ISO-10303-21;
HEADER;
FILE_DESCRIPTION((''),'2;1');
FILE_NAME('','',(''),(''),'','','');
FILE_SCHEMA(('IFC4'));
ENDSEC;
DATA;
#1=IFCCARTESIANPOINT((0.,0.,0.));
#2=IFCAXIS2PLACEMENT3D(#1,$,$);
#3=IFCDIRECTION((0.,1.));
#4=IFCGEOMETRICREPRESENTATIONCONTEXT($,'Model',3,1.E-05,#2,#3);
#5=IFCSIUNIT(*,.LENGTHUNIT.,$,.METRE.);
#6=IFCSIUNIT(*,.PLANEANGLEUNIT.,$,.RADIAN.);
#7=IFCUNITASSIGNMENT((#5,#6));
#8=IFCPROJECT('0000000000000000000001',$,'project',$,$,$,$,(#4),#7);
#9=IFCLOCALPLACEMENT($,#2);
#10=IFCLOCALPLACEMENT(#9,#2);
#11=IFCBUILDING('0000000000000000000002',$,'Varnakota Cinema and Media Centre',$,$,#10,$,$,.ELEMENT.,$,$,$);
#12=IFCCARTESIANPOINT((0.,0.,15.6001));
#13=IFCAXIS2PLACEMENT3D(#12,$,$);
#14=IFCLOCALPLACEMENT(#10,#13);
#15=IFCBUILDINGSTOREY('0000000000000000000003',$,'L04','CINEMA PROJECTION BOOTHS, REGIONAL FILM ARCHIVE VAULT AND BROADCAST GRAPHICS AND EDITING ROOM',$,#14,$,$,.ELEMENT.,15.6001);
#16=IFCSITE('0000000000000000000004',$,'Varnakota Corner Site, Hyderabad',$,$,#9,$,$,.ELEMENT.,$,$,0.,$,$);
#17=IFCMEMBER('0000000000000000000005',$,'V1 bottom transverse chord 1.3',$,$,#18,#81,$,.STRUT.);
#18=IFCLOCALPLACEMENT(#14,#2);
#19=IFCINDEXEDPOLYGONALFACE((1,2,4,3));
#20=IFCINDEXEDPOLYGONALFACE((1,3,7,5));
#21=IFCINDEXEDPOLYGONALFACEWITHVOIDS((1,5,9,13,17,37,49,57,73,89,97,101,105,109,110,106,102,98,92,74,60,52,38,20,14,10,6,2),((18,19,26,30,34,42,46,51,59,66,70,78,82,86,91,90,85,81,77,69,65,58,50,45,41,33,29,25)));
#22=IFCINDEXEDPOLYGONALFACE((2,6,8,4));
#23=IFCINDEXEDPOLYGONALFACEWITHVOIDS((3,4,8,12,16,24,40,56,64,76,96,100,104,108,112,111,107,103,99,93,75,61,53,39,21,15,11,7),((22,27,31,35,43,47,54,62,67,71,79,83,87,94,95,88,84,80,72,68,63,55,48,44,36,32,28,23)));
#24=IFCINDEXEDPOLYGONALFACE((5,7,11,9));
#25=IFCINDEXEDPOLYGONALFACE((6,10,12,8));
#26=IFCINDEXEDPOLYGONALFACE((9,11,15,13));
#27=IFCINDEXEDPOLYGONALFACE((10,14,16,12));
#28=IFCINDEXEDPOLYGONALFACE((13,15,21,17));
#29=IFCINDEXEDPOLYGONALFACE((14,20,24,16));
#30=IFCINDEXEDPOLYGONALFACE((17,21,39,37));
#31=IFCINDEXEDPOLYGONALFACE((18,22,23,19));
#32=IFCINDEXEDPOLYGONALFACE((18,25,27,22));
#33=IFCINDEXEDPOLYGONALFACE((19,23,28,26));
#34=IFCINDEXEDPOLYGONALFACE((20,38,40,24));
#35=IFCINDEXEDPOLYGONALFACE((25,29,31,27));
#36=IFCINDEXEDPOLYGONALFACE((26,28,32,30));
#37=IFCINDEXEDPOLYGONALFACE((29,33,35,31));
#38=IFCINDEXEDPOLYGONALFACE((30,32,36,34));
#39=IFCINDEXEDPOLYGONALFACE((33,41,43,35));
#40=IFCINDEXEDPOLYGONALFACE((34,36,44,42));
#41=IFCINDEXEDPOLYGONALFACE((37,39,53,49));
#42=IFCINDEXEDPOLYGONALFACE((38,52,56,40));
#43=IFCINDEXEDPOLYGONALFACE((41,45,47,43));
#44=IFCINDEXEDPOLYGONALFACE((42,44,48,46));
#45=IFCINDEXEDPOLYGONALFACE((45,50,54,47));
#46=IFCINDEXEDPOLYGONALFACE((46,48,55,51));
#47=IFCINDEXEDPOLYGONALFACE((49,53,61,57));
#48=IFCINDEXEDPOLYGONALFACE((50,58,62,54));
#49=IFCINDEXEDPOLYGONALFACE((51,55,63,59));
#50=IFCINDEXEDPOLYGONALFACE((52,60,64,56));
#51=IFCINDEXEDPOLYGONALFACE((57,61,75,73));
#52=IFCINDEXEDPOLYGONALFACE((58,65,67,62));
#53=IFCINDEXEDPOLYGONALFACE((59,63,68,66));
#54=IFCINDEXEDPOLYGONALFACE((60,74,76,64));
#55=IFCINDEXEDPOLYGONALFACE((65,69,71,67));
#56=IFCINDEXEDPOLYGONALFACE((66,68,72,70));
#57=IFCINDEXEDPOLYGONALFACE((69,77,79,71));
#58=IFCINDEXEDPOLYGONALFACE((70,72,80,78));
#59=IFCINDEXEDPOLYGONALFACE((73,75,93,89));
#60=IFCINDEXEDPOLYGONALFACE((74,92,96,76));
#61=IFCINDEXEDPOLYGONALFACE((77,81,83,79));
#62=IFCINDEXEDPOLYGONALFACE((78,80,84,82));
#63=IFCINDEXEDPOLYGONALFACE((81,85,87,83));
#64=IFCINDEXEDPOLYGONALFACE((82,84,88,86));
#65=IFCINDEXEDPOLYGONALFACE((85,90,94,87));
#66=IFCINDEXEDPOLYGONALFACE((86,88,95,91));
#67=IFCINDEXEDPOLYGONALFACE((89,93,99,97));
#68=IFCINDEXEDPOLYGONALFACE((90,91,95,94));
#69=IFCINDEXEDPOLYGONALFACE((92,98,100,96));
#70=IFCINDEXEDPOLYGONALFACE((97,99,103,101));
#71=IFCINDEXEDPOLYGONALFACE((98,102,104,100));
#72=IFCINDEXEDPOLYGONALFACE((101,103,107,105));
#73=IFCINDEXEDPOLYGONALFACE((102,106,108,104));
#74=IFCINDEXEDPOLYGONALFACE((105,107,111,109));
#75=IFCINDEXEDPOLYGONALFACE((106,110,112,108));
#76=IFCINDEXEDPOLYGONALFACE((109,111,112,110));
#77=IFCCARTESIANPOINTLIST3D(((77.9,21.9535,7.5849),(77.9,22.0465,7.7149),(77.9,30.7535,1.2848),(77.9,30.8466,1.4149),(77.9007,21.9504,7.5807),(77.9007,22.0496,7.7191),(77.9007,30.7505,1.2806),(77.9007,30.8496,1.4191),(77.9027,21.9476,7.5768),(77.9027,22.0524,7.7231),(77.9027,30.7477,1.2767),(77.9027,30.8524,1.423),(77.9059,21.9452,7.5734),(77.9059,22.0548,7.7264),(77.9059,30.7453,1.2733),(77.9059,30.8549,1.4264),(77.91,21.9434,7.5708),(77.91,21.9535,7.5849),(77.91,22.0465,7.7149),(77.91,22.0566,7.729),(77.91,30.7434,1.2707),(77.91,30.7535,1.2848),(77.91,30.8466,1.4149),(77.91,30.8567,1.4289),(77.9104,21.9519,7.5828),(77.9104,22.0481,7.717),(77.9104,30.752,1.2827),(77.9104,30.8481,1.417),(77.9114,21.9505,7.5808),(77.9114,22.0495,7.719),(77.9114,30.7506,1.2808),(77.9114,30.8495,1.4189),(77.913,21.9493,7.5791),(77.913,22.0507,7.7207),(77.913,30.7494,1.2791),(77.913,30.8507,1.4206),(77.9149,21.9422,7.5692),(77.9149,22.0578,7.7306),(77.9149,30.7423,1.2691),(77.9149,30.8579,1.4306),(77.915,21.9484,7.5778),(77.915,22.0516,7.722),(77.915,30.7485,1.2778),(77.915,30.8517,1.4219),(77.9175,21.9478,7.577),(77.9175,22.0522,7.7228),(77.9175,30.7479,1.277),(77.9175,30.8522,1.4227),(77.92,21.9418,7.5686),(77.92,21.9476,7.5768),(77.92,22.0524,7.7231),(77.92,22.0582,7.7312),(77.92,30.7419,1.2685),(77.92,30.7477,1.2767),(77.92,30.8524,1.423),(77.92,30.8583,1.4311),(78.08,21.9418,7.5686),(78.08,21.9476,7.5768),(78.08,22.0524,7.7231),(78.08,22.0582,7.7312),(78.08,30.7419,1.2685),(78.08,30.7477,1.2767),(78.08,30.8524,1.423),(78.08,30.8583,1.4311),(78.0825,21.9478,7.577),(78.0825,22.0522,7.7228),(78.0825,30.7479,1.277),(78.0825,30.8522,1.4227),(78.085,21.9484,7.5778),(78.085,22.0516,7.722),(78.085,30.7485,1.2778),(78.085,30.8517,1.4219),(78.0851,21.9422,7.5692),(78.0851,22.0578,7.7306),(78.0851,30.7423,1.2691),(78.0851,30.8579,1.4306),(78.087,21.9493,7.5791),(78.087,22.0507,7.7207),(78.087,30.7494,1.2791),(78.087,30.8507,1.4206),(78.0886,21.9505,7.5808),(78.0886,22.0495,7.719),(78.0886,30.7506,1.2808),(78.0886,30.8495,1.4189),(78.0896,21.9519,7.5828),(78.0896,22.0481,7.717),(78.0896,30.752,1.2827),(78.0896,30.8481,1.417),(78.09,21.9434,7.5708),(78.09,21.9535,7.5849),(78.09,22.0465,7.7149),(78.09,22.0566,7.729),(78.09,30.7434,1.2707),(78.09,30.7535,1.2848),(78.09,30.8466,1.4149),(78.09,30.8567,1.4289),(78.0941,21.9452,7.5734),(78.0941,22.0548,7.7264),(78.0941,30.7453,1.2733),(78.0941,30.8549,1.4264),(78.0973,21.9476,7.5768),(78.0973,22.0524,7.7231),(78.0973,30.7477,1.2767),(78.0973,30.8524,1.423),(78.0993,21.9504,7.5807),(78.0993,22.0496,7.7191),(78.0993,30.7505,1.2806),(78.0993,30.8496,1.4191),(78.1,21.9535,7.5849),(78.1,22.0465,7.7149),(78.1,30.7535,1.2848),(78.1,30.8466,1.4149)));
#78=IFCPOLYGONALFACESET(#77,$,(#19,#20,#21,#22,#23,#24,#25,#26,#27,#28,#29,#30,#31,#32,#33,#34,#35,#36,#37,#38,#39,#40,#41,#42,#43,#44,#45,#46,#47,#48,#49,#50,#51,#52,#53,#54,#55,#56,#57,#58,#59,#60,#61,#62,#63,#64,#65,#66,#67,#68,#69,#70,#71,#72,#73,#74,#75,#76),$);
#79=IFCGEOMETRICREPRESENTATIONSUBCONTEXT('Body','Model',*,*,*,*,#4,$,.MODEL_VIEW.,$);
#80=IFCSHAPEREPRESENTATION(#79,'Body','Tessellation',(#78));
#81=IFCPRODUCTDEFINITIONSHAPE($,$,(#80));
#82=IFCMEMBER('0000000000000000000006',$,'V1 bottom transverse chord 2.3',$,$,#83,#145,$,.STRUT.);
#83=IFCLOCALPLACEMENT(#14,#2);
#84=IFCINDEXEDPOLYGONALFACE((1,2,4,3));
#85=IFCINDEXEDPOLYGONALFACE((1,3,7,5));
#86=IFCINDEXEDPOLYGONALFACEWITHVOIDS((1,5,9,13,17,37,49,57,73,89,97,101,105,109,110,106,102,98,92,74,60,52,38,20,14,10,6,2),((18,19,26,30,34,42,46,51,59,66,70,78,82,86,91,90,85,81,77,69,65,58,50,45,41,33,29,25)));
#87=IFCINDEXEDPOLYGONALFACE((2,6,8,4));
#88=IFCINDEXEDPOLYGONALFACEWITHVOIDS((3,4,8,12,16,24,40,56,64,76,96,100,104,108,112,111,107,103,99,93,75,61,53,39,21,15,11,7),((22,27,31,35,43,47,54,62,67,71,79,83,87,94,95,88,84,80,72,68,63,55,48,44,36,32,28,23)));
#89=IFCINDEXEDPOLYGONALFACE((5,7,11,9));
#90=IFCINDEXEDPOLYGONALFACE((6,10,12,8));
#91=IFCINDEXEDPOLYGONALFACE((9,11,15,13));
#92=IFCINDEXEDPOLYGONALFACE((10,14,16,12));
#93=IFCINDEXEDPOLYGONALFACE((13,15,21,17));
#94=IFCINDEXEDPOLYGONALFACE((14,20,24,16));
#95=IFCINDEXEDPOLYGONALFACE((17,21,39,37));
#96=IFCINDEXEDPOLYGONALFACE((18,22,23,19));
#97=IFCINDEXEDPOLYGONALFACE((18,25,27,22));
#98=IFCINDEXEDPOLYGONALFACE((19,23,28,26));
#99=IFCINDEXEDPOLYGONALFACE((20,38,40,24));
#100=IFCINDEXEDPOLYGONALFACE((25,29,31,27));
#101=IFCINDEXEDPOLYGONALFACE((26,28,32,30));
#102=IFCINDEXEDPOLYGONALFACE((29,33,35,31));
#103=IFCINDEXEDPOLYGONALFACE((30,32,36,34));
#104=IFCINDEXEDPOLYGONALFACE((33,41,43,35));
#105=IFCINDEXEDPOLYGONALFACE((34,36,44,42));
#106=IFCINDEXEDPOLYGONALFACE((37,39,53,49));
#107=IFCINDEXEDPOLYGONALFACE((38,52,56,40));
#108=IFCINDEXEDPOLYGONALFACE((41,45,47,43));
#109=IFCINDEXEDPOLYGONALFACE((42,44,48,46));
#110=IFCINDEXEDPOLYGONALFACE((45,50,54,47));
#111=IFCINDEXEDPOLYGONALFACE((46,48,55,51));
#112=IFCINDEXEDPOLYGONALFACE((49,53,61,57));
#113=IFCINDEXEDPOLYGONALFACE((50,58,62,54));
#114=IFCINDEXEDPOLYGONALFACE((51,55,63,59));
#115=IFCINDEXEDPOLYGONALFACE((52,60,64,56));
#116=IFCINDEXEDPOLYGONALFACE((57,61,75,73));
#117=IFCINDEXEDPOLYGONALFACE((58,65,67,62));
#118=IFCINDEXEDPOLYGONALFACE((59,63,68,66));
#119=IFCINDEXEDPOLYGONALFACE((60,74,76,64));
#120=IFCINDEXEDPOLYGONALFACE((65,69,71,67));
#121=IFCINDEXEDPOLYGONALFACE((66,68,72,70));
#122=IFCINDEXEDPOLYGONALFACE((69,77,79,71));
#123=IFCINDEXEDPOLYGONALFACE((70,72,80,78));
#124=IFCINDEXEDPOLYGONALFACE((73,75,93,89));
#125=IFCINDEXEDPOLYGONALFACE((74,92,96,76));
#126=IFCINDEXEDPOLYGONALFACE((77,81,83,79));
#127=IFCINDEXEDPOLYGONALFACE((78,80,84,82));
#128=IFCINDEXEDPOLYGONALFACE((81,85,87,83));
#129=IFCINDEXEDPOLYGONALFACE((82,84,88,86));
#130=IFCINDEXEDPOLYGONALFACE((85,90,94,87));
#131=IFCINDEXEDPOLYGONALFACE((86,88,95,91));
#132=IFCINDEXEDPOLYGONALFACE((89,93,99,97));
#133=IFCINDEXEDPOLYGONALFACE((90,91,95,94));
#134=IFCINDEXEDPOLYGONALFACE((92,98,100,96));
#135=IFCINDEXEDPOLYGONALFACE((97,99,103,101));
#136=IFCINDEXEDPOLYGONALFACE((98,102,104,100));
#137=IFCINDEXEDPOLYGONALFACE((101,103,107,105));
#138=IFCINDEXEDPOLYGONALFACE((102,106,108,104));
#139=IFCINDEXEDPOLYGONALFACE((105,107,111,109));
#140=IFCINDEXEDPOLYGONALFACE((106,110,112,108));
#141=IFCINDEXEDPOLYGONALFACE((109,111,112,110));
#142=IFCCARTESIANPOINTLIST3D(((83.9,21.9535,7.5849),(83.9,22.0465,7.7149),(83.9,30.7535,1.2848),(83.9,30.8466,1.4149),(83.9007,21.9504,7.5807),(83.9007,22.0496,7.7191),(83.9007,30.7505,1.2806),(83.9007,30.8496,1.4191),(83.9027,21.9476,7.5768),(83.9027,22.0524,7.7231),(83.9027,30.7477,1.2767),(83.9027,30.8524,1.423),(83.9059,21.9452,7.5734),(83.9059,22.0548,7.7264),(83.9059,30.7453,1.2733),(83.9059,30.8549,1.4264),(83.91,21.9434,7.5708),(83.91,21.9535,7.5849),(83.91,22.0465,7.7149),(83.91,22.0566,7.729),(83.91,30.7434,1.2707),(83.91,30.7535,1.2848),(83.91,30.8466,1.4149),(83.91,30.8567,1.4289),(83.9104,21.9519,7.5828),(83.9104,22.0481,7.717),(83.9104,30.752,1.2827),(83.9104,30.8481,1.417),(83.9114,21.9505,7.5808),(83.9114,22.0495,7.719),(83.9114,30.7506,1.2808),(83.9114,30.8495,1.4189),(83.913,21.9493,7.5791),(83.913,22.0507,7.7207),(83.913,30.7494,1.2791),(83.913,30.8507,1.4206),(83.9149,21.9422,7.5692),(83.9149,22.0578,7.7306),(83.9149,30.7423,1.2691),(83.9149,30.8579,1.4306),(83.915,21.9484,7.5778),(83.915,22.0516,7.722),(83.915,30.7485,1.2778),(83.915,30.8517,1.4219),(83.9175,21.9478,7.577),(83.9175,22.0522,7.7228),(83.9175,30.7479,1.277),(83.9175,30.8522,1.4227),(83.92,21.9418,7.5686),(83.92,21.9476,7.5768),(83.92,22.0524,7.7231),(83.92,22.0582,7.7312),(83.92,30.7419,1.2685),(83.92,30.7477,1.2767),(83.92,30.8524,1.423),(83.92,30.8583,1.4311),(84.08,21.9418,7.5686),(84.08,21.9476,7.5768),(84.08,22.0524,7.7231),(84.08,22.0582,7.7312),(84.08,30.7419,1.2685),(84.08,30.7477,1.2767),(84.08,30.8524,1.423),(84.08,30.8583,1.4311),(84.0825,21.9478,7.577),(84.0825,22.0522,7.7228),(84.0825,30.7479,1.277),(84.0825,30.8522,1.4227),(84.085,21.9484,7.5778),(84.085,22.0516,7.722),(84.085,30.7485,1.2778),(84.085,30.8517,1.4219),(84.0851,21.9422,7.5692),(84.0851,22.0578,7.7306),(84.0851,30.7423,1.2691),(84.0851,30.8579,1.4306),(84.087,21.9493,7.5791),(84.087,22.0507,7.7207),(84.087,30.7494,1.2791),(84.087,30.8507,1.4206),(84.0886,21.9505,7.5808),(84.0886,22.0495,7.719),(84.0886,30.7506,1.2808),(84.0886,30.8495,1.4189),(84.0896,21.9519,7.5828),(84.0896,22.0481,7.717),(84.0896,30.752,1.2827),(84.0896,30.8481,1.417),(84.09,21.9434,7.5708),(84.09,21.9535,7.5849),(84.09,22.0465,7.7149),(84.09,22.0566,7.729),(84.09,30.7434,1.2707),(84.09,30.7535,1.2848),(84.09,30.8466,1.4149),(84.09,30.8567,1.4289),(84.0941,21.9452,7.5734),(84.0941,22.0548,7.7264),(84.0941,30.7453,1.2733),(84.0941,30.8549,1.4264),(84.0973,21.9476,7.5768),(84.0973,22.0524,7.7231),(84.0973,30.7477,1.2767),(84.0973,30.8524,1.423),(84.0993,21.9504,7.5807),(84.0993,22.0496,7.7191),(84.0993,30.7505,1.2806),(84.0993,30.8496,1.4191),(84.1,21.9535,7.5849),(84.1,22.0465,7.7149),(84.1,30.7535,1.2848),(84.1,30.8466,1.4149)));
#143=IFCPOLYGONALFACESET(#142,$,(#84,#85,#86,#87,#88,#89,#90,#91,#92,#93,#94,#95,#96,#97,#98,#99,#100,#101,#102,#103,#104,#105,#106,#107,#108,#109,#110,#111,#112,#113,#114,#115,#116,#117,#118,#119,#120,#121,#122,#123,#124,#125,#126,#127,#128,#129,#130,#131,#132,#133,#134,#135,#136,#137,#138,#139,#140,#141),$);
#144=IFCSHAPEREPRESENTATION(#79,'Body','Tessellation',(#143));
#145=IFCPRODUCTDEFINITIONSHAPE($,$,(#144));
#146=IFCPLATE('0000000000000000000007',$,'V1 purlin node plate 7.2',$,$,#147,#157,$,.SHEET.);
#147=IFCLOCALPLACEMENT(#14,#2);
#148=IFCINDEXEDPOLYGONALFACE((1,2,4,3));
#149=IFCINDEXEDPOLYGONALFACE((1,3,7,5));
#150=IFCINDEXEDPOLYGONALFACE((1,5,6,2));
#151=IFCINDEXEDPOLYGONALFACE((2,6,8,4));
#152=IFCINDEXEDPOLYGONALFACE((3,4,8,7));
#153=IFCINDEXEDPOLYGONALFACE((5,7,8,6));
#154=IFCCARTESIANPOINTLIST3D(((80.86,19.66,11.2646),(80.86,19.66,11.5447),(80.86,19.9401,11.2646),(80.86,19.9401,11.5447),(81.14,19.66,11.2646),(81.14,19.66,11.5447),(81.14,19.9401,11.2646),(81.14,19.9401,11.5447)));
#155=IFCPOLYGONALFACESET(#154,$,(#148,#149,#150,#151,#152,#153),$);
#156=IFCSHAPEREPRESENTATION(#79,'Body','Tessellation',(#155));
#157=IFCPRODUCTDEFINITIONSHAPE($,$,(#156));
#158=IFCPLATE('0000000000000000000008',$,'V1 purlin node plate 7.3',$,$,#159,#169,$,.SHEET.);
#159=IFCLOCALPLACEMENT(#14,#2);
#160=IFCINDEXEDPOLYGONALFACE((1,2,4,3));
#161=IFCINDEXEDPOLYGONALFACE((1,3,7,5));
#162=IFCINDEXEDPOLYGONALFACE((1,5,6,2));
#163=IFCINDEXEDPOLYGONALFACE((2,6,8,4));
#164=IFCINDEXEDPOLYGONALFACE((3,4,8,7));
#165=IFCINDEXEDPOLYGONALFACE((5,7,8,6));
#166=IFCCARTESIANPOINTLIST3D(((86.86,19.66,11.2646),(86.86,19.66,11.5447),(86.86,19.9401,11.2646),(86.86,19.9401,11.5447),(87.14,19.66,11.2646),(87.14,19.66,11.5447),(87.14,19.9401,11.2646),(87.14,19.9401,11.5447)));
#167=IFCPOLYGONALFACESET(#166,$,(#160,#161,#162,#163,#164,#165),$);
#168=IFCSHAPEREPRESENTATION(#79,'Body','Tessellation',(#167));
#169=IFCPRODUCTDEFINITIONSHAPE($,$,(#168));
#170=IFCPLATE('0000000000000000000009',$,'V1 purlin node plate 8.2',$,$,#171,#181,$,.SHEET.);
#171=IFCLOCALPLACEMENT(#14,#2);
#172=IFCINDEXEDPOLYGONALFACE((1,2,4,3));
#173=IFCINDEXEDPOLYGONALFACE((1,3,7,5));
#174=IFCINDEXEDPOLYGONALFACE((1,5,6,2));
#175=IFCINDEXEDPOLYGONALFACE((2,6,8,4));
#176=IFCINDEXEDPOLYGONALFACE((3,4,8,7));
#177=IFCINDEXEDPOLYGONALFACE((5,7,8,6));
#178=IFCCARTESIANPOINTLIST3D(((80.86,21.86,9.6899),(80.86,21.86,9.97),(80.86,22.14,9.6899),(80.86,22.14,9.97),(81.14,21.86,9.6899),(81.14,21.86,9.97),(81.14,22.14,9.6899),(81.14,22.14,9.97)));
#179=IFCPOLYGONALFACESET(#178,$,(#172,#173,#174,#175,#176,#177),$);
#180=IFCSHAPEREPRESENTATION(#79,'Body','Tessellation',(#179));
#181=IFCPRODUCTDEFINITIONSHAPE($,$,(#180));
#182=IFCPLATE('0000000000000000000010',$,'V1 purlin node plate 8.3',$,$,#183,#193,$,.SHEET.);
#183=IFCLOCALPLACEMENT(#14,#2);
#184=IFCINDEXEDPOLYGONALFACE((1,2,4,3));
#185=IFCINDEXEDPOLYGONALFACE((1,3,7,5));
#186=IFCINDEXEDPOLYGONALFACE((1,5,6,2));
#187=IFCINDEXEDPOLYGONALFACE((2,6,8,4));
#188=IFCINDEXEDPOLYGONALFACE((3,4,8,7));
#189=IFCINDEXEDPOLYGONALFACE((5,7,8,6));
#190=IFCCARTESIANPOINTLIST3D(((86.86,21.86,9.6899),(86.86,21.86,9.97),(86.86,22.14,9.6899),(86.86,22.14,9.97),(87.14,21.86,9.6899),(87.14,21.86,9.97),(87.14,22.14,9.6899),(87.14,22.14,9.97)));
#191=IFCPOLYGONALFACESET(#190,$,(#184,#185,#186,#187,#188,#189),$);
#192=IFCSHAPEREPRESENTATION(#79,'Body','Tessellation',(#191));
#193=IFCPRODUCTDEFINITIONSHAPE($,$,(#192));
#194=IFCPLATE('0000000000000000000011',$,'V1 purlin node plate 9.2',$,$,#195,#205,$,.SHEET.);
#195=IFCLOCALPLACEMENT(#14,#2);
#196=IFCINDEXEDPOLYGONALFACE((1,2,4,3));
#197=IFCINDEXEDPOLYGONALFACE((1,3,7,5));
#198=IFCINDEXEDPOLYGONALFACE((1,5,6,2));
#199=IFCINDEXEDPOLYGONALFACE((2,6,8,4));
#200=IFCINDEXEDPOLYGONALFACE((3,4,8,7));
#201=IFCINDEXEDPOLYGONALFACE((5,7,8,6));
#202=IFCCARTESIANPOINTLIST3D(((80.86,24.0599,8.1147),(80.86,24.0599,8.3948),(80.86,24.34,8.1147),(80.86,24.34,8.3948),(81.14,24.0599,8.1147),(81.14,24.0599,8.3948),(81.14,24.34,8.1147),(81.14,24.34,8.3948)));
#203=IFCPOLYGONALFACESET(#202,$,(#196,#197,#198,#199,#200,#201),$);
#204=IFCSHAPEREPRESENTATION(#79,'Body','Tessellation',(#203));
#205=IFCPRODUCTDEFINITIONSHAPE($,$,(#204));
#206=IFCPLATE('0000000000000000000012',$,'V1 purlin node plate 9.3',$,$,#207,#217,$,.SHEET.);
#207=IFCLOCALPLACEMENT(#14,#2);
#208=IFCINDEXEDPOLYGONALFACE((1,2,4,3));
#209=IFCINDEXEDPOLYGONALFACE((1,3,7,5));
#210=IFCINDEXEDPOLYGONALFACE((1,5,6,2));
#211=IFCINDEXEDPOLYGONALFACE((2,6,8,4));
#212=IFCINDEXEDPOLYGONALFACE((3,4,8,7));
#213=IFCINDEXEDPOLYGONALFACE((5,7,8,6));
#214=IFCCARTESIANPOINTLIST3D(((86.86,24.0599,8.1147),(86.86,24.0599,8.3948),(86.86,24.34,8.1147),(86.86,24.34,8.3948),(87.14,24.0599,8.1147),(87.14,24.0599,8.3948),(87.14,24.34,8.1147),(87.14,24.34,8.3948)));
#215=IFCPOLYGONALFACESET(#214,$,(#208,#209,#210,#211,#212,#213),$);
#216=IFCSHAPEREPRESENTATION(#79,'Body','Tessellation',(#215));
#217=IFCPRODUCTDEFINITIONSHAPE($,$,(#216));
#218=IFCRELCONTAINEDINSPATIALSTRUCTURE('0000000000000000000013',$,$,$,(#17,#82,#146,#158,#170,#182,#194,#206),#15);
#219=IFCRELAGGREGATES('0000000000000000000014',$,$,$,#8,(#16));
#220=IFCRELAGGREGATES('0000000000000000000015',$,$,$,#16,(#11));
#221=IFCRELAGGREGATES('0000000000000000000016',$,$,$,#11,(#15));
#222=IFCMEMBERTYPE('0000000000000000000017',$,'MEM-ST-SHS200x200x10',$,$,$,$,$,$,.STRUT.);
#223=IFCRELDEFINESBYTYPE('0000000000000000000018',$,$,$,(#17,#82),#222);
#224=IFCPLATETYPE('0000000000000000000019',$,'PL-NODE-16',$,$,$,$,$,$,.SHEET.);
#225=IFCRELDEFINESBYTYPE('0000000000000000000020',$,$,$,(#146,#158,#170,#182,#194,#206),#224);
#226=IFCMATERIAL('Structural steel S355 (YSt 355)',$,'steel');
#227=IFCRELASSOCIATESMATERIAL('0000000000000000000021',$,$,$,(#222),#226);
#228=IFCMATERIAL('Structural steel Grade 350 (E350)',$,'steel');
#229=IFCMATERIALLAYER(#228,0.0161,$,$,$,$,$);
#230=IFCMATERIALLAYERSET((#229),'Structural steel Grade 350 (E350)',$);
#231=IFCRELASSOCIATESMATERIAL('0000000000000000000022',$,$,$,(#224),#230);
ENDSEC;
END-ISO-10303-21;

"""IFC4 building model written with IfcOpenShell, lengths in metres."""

from ifc_helpers import new_model, si_unit, direction, frame, origin, origin_2d, place, context, subcontext, project, spatial, rectangle, hollow_rectangle, extrude, material, layer, layer_set, material_profile, profile_set, type_object, element, save


model = new_model("IFC4")

# Units and contexts
model_context = context("Model", 3, precision=1e-05, world=origin(), true_north=direction((0.0, 1.0)))
body_context = subcontext(model_context, "Body", "Model", "MODEL_VIEW")
ifc_project = project(units=[si_unit("LENGTHUNIT", "METRE"), si_unit("PLANEANGLEUNIT", "RADIAN")], contexts=[model_context])

# Site, building, storey
site_placement = place(None, origin())
site = spatial("IfcSite", under=ifc_project, at=site_placement, Name="Varnakota Corner Site, Hyderabad", CompositionType="ELEMENT", RefElevation=0.0)
building_placement = place(site_placement, origin())
building = spatial("IfcBuilding", under=site, at=building_placement, Name="Varnakota Cinema and Media Centre", CompositionType="ELEMENT")
storey_placement = place(building_placement, frame((0.0, 0.0, 15.6001)))
storey = spatial("IfcBuildingStorey", under=building, at=storey_placement, Name="L04", Description="CINEMA PROJECTION BOOTHS, REGIONAL FILM ARCHIVE VAULT AND BROADCAST GRAPHICS AND EDITING ROOM", CompositionType="ELEMENT", Elevation=15.6001)

# Members
ifc_material_1 = material(Name="Structural steel S355 (YSt 355)", Category="steel")
ifc_material_profile_1 = material_profile(ifc_material_1, hollow_rectangle(XDim=0.2, YDim=0.2, WallThickness=0.01, InnerFilletRadius=0.01, OuterFilletRadius=0.02, at=origin_2d()), Name="SHS 200x200x10")
ifc_profile_set_1 = profile_set([ifc_material_profile_1], Name="Structural steel S355 (YSt 355)")
member_type_1 = type_object("IfcMemberType", Name="MEM-ST-SHS200x200x10", PredefinedType="STRUT", material=ifc_profile_set_1)
for number, where, z_axis, x_axis, name in (
    (1, (78.0, 22.0, 7.6499), (0.0, 0.813108, -0.582113), (-1.0, 0.0, 0.0), "V1 bottom transverse chord 1.3"),
    (2, (84.0, 22.0, 7.6499), (0.0, 0.813108, -0.582113), (-1.0, 0.0, 0.0), "V1 bottom transverse chord 2.3"),
):
    element("IfcMember", number, at=place(storey_placement, frame(where, z_axis=z_axis, x_axis=x_axis)), inside=storey, type_object=member_type_1, Name=name, PredefinedType="STRUT", context=body_context, shape_type="SweptSolid", body=[
        extrude(hollow_rectangle(XDim=0.2, YDim=0.2, WallThickness=0.01, InnerFilletRadius=0.01, OuterFilletRadius=0.02, at=origin_2d()), origin(), (0.0, 0.0, 1.0), 10.8228),
    ])

# Plates
ifc_material_2 = material(Name="Structural steel Grade 350 (E350)", Category="steel")
ifc_layer_1 = layer(ifc_material_2, 0.0161)
ifc_layer_set_1 = layer_set([ifc_layer_1], Name="Structural steel Grade 350 (E350)")
plate_type_1 = type_object("IfcPlateType", Name="PL-NODE-16", PredefinedType="SHEET", material=ifc_layer_set_1)
for number, where, z_axis, x_axis, name in (
    (3, (81.0, 19.8, 11.2646), (0.0, 0.0, 1.0), (1.0, 0.0, 0.0), "V1 purlin node plate 7.2"),
    (4, (87.0, 19.8, 11.2646), (0.0, 0.0, 1.0), (1.0, 0.0, 0.0), "V1 purlin node plate 7.3"),
    (5, (81.0, 22.0, 9.6899), (0.0, 0.0, 1.0), (1.0, 0.0, 0.0), "V1 purlin node plate 8.2"),
    (6, (87.0, 22.0, 9.6899), (0.0, 0.0, 1.0), (1.0, 0.0, 0.0), "V1 purlin node plate 8.3"),
    (7, (81.0, 24.2, 8.1147), (0.0, 0.0, 1.0), (1.0, 0.0, 0.0), "V1 purlin node plate 9.2"),
    (8, (87.0, 24.2, 8.1147), (0.0, 0.0, 1.0), (1.0, 0.0, 0.0), "V1 purlin node plate 9.3"),
):
    element("IfcPlate", number, at=place(storey_placement, frame(where, z_axis=z_axis, x_axis=x_axis)), inside=storey, type_object=plate_type_1, Name=name, PredefinedType="SHEET", context=body_context, shape_type="SweptSolid", body=[
        extrude(rectangle(XDim=0.28, YDim=0.28, at=origin_2d()), origin(), (0.0, 0.0, 1.0), 0.28),
    ])

save(model, "model.ifc")
